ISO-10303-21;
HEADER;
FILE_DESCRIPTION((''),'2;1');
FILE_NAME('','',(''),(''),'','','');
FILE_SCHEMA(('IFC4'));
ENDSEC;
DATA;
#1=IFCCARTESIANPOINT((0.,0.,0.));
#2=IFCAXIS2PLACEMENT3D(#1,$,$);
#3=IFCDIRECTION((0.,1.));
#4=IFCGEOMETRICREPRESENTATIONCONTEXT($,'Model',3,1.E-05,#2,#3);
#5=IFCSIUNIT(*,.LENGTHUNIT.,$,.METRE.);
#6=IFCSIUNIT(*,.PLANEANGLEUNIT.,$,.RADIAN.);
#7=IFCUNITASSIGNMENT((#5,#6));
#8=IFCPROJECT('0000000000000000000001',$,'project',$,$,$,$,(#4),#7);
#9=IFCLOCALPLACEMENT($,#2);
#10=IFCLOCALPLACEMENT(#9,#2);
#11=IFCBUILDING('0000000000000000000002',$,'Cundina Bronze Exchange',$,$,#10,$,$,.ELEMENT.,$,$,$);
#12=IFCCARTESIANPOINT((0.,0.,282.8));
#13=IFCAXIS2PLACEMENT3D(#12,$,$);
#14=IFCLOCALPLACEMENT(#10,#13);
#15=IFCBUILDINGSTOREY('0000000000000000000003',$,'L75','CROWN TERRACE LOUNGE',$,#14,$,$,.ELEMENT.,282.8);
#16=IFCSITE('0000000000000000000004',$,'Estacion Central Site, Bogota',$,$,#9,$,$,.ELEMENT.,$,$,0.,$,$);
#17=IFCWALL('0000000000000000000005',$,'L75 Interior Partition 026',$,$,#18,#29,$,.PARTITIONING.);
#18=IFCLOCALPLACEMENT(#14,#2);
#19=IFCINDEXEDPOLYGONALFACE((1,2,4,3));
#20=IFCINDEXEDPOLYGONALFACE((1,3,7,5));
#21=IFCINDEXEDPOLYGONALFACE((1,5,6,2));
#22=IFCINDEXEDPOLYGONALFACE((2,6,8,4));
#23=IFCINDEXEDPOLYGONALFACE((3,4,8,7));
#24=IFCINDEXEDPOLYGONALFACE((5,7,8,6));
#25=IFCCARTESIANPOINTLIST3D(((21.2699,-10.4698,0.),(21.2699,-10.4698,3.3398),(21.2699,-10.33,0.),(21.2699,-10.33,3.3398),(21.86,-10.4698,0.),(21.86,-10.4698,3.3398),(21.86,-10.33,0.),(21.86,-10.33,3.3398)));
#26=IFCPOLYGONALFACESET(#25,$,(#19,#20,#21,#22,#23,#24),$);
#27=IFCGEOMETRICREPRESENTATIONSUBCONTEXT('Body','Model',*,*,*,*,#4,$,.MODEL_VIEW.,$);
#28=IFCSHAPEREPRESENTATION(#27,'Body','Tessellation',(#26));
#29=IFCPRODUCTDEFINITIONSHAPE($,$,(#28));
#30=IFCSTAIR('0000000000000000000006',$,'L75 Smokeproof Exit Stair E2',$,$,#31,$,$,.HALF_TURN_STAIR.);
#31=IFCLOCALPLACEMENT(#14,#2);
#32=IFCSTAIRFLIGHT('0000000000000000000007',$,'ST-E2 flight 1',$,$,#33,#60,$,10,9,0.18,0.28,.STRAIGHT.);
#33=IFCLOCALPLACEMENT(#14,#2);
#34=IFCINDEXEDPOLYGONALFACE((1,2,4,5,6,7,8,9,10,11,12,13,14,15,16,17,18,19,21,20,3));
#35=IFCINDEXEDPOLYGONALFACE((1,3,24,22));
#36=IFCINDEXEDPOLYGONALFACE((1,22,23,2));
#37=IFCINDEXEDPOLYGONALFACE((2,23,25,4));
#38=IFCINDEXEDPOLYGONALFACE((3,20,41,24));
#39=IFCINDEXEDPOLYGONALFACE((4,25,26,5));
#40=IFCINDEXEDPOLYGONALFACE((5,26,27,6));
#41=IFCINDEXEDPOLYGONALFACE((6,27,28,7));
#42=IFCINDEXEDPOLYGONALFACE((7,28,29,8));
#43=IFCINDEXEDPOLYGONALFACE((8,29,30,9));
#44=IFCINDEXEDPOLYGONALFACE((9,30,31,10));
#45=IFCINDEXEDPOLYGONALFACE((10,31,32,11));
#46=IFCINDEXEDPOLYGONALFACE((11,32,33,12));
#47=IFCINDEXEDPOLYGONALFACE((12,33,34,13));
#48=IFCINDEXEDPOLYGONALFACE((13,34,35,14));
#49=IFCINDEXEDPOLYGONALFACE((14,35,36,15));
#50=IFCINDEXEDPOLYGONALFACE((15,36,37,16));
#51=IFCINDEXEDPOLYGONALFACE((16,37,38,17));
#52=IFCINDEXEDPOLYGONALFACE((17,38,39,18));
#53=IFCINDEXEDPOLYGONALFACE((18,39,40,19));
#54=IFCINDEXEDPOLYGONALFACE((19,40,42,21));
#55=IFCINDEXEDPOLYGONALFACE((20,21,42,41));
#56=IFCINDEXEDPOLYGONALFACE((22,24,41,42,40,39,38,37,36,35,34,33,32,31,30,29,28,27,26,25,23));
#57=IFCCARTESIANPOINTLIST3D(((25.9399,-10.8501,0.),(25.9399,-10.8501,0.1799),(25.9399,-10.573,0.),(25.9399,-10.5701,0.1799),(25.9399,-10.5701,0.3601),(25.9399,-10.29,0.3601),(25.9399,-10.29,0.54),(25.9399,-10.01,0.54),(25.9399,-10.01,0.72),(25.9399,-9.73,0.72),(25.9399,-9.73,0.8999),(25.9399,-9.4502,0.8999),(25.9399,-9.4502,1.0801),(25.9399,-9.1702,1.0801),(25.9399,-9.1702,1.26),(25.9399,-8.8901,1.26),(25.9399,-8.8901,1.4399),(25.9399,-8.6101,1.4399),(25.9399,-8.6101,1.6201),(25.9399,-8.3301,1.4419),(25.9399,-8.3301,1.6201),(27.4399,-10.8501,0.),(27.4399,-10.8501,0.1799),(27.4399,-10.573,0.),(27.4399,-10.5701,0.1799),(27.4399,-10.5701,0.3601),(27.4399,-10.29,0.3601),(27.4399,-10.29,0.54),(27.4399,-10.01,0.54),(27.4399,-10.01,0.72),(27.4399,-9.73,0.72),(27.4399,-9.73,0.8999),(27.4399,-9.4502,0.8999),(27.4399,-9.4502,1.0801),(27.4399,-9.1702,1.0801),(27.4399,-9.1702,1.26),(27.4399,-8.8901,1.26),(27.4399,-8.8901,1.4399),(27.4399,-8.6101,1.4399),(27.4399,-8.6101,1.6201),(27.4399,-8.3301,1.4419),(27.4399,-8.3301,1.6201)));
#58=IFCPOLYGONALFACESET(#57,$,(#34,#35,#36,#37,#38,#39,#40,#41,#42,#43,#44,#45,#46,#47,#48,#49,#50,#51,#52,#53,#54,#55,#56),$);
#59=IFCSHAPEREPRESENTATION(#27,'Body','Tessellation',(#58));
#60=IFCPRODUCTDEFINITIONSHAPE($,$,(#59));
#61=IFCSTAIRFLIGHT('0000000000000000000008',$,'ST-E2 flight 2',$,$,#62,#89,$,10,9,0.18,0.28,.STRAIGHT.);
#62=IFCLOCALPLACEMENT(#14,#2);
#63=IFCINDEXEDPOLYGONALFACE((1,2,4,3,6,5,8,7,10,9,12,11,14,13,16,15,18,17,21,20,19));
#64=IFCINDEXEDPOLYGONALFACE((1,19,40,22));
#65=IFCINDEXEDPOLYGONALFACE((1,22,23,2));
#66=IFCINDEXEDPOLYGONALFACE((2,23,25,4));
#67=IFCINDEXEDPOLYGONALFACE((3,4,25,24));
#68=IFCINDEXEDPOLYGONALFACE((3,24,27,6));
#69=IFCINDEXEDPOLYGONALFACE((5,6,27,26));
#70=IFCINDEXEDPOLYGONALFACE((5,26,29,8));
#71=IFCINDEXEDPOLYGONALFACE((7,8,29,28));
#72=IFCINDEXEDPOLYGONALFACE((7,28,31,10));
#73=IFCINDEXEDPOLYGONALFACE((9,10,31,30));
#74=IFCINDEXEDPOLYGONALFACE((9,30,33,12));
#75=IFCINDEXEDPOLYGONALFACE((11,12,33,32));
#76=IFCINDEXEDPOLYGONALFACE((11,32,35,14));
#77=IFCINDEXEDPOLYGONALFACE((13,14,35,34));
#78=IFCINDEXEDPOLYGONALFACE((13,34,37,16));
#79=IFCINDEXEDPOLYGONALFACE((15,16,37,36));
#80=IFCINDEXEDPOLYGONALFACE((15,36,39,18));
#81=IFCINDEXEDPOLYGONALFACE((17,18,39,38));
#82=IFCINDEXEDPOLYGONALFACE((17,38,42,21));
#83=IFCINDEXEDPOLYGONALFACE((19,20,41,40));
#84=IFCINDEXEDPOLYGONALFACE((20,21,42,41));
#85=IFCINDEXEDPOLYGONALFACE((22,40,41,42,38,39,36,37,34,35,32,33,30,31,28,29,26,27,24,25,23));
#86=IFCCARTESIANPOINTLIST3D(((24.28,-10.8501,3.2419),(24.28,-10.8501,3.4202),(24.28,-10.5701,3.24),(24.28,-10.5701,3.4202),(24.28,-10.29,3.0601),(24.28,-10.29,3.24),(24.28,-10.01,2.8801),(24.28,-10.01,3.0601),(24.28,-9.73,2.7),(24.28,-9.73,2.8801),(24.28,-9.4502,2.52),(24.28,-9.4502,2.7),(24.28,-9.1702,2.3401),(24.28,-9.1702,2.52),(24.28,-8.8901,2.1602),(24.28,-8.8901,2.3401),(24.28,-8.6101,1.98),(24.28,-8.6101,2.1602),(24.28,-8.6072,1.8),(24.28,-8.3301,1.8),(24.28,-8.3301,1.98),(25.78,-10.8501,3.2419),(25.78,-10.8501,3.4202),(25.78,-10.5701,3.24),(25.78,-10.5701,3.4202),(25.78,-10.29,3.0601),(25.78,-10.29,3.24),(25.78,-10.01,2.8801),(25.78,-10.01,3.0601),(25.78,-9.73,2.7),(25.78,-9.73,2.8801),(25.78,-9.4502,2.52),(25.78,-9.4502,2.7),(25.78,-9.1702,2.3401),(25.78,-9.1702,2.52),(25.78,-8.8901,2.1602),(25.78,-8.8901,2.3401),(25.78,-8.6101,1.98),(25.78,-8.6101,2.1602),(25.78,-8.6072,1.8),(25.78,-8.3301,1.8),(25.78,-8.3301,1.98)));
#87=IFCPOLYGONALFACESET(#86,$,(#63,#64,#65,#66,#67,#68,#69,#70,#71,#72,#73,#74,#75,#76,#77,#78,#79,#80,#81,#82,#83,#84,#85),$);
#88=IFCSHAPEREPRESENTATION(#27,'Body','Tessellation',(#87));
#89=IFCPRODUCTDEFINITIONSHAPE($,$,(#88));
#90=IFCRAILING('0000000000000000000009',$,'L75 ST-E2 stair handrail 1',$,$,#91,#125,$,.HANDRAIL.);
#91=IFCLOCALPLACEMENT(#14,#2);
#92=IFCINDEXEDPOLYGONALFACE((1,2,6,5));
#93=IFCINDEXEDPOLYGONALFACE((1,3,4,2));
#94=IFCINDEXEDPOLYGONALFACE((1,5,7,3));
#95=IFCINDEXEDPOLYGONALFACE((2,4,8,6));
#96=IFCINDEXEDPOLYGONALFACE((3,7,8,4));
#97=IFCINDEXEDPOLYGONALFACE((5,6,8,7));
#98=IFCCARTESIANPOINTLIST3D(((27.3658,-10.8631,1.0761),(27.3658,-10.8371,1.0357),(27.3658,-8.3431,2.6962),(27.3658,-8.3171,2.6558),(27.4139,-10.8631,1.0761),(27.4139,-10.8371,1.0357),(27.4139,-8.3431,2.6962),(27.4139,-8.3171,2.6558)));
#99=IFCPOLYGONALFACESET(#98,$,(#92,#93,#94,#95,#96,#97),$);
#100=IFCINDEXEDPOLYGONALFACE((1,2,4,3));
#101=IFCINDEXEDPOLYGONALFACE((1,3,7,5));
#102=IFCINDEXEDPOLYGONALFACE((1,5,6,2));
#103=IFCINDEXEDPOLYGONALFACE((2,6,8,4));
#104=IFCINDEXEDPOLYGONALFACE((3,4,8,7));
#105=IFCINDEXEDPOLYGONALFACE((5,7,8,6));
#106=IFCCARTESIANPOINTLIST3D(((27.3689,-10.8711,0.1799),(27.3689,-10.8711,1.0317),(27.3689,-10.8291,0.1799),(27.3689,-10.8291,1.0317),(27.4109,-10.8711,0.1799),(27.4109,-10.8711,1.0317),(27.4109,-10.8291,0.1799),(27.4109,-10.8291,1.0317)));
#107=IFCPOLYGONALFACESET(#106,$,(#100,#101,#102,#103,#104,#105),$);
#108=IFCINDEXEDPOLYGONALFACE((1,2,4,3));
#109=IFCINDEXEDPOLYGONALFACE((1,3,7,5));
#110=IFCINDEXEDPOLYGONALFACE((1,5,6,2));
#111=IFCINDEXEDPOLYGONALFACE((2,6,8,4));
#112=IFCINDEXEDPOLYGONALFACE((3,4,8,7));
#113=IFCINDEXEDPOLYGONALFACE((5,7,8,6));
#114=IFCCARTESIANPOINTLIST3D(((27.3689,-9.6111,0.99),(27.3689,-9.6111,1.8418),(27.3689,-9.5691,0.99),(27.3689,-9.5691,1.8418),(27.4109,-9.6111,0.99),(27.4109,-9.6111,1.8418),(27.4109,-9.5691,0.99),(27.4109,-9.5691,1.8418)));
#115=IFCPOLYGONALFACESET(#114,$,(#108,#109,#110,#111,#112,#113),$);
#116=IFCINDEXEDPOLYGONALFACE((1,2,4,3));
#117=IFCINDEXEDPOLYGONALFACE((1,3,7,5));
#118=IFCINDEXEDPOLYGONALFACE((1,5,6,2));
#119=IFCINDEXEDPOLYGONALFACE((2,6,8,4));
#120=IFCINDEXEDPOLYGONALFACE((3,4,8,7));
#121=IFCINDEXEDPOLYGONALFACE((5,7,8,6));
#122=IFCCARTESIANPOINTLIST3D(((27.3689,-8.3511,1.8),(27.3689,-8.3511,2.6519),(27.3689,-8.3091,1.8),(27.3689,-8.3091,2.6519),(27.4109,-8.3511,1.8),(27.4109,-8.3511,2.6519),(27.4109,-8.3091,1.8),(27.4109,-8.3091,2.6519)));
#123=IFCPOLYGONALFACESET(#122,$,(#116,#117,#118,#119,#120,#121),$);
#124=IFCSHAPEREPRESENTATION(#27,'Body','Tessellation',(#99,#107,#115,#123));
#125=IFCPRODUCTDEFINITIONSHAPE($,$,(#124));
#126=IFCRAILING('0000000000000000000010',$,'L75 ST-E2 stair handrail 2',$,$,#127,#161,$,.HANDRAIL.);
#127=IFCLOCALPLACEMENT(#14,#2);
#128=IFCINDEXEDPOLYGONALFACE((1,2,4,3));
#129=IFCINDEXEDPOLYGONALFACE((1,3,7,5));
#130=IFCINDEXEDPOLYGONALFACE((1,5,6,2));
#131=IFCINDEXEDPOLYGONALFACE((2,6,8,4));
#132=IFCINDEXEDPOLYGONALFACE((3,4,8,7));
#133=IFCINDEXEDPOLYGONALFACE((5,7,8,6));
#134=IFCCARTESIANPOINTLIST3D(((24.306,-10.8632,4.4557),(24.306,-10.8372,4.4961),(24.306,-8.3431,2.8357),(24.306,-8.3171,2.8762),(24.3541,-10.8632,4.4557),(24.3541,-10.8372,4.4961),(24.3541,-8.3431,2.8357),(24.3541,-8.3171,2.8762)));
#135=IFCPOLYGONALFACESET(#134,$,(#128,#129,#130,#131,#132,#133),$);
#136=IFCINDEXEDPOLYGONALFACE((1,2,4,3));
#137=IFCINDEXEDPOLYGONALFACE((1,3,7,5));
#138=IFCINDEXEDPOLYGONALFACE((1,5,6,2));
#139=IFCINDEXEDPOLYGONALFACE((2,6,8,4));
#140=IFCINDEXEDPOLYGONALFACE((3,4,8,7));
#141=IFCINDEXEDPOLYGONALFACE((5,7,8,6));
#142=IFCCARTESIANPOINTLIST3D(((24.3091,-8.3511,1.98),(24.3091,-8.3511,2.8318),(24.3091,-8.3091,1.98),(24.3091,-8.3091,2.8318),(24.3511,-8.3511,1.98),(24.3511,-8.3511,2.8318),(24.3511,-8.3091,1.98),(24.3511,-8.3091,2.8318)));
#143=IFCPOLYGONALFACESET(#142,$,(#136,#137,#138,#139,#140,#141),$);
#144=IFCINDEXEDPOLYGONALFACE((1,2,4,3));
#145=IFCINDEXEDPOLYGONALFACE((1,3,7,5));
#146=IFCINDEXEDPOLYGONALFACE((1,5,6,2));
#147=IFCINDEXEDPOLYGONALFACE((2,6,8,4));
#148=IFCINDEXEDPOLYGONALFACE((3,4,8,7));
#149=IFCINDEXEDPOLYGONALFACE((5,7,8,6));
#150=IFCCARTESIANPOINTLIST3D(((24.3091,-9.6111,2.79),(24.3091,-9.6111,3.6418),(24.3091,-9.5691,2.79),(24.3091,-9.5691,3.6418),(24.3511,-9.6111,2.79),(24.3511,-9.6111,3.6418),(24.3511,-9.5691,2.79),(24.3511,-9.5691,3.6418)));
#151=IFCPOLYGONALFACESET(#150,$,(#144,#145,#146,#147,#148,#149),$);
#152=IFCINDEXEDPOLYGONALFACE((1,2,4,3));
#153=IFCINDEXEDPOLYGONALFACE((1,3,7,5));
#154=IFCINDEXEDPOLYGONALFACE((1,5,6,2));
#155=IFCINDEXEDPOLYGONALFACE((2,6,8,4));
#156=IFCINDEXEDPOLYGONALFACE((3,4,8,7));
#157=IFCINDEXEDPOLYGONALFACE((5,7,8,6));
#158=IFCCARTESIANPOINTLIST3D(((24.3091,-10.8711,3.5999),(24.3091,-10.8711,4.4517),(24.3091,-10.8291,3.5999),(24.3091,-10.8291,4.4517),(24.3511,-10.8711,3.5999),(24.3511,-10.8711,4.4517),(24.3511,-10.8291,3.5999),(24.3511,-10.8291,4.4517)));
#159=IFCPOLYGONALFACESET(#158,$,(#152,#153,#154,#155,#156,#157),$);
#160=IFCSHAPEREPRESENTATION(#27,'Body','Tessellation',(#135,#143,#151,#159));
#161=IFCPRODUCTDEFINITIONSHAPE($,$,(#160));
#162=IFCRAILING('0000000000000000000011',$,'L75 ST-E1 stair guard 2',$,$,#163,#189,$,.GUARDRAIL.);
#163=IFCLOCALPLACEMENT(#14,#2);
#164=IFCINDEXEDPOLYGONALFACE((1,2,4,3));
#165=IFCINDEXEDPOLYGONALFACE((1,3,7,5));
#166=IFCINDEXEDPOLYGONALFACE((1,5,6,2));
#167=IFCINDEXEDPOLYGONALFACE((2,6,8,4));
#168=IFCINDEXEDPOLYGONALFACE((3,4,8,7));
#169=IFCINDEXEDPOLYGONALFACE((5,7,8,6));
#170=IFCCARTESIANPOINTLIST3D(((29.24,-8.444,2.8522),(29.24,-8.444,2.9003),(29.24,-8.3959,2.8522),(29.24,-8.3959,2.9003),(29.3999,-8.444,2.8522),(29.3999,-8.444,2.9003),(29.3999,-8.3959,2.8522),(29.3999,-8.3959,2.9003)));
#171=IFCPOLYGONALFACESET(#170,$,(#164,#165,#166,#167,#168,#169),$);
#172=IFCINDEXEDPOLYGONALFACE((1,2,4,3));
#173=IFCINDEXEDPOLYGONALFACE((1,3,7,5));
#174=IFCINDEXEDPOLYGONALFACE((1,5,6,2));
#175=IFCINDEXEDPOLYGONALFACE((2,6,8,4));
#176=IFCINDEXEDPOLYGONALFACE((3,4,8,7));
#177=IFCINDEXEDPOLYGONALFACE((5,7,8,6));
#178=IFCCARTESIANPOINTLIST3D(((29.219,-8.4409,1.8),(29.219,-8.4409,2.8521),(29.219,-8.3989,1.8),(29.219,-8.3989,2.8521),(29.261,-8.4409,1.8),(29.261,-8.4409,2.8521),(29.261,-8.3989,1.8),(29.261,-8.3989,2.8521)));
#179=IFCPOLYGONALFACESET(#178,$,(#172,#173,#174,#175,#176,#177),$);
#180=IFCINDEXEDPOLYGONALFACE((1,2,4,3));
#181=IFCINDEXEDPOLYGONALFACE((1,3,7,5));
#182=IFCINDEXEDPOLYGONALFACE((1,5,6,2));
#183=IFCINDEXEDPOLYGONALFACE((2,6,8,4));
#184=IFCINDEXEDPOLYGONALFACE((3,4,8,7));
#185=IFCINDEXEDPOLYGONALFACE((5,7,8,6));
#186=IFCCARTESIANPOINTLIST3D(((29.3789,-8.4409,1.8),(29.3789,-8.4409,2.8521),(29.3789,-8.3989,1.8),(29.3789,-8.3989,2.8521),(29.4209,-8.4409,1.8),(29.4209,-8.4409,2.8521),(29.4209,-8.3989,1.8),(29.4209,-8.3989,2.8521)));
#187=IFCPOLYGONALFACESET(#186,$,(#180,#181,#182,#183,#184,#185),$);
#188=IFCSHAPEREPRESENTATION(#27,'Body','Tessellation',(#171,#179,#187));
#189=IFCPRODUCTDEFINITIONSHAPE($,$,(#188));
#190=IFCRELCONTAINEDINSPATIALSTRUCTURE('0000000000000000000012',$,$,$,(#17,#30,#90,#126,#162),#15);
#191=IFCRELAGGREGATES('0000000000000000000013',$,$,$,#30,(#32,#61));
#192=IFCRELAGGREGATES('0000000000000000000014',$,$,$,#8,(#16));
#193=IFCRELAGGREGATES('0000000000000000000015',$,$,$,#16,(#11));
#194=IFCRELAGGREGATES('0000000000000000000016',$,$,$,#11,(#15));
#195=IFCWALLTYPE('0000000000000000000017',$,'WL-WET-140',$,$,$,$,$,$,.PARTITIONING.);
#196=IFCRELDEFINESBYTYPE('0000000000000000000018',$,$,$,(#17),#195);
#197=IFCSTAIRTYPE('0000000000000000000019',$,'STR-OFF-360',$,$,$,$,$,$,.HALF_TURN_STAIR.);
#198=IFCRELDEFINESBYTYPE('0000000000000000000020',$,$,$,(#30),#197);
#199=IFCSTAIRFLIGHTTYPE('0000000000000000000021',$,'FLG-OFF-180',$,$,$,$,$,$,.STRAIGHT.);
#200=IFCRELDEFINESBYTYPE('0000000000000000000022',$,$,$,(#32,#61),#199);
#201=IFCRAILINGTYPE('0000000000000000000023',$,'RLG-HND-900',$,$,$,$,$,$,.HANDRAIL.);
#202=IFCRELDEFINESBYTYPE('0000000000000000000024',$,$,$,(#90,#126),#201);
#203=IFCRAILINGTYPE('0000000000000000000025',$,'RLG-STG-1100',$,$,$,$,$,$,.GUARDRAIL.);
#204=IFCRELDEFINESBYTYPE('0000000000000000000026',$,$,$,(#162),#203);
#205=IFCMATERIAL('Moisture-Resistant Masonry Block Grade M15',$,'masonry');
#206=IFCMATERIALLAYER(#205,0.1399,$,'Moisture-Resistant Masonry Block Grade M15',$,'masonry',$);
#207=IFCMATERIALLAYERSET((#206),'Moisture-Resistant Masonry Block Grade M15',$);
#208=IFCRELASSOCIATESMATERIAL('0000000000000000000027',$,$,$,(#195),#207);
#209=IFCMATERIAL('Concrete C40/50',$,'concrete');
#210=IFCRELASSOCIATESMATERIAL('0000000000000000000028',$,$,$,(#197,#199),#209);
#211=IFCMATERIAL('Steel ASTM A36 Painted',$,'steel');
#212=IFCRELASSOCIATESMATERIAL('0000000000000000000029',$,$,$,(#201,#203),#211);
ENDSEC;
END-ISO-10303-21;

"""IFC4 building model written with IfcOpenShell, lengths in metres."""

from ifc_helpers import new_model, si_unit, direction, frame, frame_2d, origin, origin_2d, place, context, subcontext, project, spatial, polyline, rectangle, outline, extrude, material, layer, layer_set, type_object, element, aggregate, save


model = new_model("IFC4")

# Units and contexts
model_context = context("Model", 3, precision=1e-05, world=origin(), true_north=direction((0.0, 1.0)))
body_context = subcontext(model_context, "Body", "Model", "MODEL_VIEW")
ifc_project = project(units=[si_unit("LENGTHUNIT", "METRE"), si_unit("PLANEANGLEUNIT", "RADIAN")], contexts=[model_context])

# Site, building, storey
site_placement = place(None, origin())
site = spatial("IfcSite", under=ifc_project, at=site_placement, Name="Estacion Central Site, Bogota", CompositionType="ELEMENT", RefElevation=0.0)
building_placement = place(site_placement, origin())
building = spatial("IfcBuilding", under=site, at=building_placement, Name="Cundina Bronze Exchange", CompositionType="ELEMENT")
storey_placement = place(building_placement, frame((0.0, 0.0, 282.8)))
storey = spatial("IfcBuildingStorey", under=building, at=storey_placement, Name="L75", Description="CROWN TERRACE LOUNGE", CompositionType="ELEMENT", Elevation=282.8)

# Shared definitions
ifc_material_1 = material(Name="Steel ASTM A36 Painted", Category="steel")

# Wall
ifc_material_2 = material(Name="Moisture-Resistant Masonry Block Grade M15", Category="masonry")
ifc_layer_1 = layer(ifc_material_2, 0.1399, Name="Moisture-Resistant Masonry Block Grade M15", Category="masonry")
ifc_layer_set_1 = layer_set([ifc_layer_1], Name="Moisture-Resistant Masonry Block Grade M15")
wall_type_1 = type_object("IfcWallType", Name="WL-WET-140", PredefinedType="PARTITIONING", material=ifc_layer_set_1)
wall_1_placement = place(storey_placement, frame((21.27, -10.3999, 0.0), z_axis=(0.0, 0.0, 1.0), x_axis=(1.0, 0.0, 0.0)))
element("IfcWall", 1, at=wall_1_placement, inside=storey, type_object=wall_type_1, Name="L75 Interior Partition 026", PredefinedType="PARTITIONING", context=body_context, shape_type="SweptSolid", body=[
    extrude(rectangle(XDim=0.5901, YDim=0.1399, at=frame_2d((0.2949, 0.0))), origin(), (0.0, 0.0, 1.0), 3.3398),
])

# Stair, stair flights
ifc_material_3 = material(Name="Concrete C40/50", Category="concrete")
stair_type = type_object("IfcStairType", Name="STR-OFF-360", PredefinedType="HALF_TURN_STAIR", material=ifc_material_3)
stair_placement = place(storey_placement, origin())
stair = element("IfcStair", 2, at=stair_placement, inside=storey, type_object=stair_type, Name="L75 Smokeproof Exit Stair E2", PredefinedType="HALF_TURN_STAIR")
stair_flight_type = type_object("IfcStairFlightType", Name="FLG-OFF-180", PredefinedType="STRAIGHT", material=ifc_material_3)
stair_flight_1_placement = place(storey_placement, frame((26.6899, -10.8501, 0.0), z_axis=(0.0, 0.0, 1.0), x_axis=(0.0, 1.0, 0.0)))
stair_flight_1 = element("IfcStairFlight", 3, at=stair_flight_1_placement, type_object=stair_flight_type, Name="ST-E2 flight 1", NumberOfRisers=10, NumberOfTreads=9, PredefinedType="STRAIGHT", RiserHeight=0.18, TreadLength=0.28, context=body_context, shape_type="SweptSolid", body=[
    extrude(outline(polyline([(0.0, 0.0), (0.0, 0.1799), (0.28, 0.1799), (0.28, 0.3601), (0.5601, 0.3601), (0.5601, 0.54), (0.8401, 0.54), (0.8401, 0.72), (1.1201, 0.72), (1.1201, 0.8999), (1.3999, 0.8999), (1.3999, 1.0801), (1.6799, 1.0801), (1.6799, 1.26), (1.96, 1.26), (1.96, 1.4399), (2.24, 1.4399), (2.24, 1.6201), (2.52, 1.6201), (2.52, 1.8), (2.52, 1.4419), (0.2771, 0.0), (0.0, 0.0)])), frame((0.0, 0.75, 0.0), z_axis=(0.0, -1.0, 0.0), x_axis=(1.0, 0.0, 0.0)), (0.0, 0.0, 1.0), 1.5),
])
stair_flight_2_placement = place(storey_placement, frame((25.03, -8.3301, 1.8), z_axis=(0.0, 0.0, 1.0), x_axis=(0.0, -1.0, 0.0)))
stair_flight_2 = element("IfcStairFlight", 4, at=stair_flight_2_placement, type_object=stair_flight_type, Name="ST-E2 flight 2", NumberOfRisers=10, NumberOfTreads=9, PredefinedType="STRAIGHT", RiserHeight=0.18, TreadLength=0.28, context=body_context, shape_type="SweptSolid", body=[
    extrude(outline(polyline([(0.0, 0.0), (0.0, 0.1799), (0.28, 0.1799), (0.28, 0.3601), (0.5601, 0.3601), (0.5601, 0.54), (0.8401, 0.54), (0.8401, 0.72), (1.1201, 0.72), (1.1201, 0.8999), (1.3999, 0.8999), (1.3999, 1.0801), (1.6799, 1.0801), (1.6799, 1.26), (1.96, 1.26), (1.96, 1.4399), (2.24, 1.4399), (2.24, 1.6201), (2.52, 1.6201), (2.52, 1.8), (2.52, 1.4419), (0.2771, 0.0), (0.0, 0.0)])), frame((0.0, 0.75, 0.0), z_axis=(0.0, -1.0, 0.0), x_axis=(1.0, 0.0, 0.0)), (0.0, 0.0, 1.0), 1.5),
])
aggregate(stair, [stair_flight_1, stair_flight_2])

# Railings
railing_type_1 = type_object("IfcRailingType", Name="RLG-HND-900", PredefinedType="HANDRAIL", material=ifc_material_1)
railing_1_placement = place(storey_placement, frame((27.3899, -10.8501, 0.1799)))
element("IfcRailing", 5, at=railing_1_placement, inside=storey, type_object=railing_type_1, Name="L75 ST-E2 stair handrail 1", PredefinedType="HANDRAIL", context=body_context, shape_type="SweptSolid", body=[
    extrude(rectangle(XDim=0.0481, YDim=0.0481, at=origin_2d()), frame((0.0, 0.0, 0.876), z_axis=(0.0, 0.841163, 0.540782), x_axis=(-1.0, 0.0, 0.0)), (0.0, 0.0, 1.0), 2.9958),
    extrude(rectangle(XDim=0.042, YDim=0.042, at=origin_2d()), origin(), (0.0, 0.0, 1.0), 0.8518),
    extrude(rectangle(XDim=0.042, YDim=0.042, at=origin_2d()), frame((0.0, 1.26, 0.8101)), (0.0, 0.0, 1.0), 0.8518),
    extrude(rectangle(XDim=0.042, YDim=0.042, at=origin_2d()), frame((0.0, 2.52, 1.6201)), (0.0, 0.0, 1.0), 0.8518),
])
railing_2_placement = place(storey_placement, frame((24.3301, -8.3301, 1.98)))
element("IfcRailing", 6, at=railing_2_placement, inside=storey, type_object=railing_type_1, Name="L75 ST-E2 stair handrail 2", PredefinedType="HANDRAIL", context=body_context, shape_type="SweptSolid", body=[
    extrude(rectangle(XDim=0.0481, YDim=0.0481, at=origin_2d()), frame((0.0, 0.0, 0.876), z_axis=(0.0, -0.8412, 0.540725), x_axis=(1.0, 0.0, 0.0)), (0.0, 0.0, 1.0), 2.9958),
    extrude(rectangle(XDim=0.042, YDim=0.042, at=origin_2d()), origin(), (0.0, 0.0, 1.0), 0.8518),
    extrude(rectangle(XDim=0.042, YDim=0.042, at=origin_2d()), frame((0.0, -1.26, 0.8101)), (0.0, 0.0, 1.0), 0.8518),
    extrude(rectangle(XDim=0.042, YDim=0.042, at=origin_2d()), frame((0.0, -2.52, 1.6199)), (0.0, 0.0, 1.0), 0.8518),
])
railing_type_2 = type_object("IfcRailingType", Name="RLG-STG-1100", PredefinedType="GUARDRAIL", material=ifc_material_1)
railing_3_placement = place(storey_placement, frame((29.24, -8.4199, 1.8)))
element("IfcRailing", 7, at=railing_3_placement, inside=storey, type_object=railing_type_2, Name="L75 ST-E1 stair guard 2", PredefinedType="GUARDRAIL", context=body_context, shape_type="SweptSolid", body=[
    extrude(rectangle(XDim=0.0481, YDim=0.0481, at=origin_2d()), frame((0.0, 0.0, 1.0762), z_axis=(1.0, 0.0, 0.0), x_axis=(0.0, 1.0, 0.0)), (0.0, 0.0, 1.0), 0.1599),
    extrude(rectangle(XDim=0.042, YDim=0.042, at=origin_2d()), origin(), (0.0, 0.0, 1.0), 1.052),
    extrude(rectangle(XDim=0.042, YDim=0.042, at=origin_2d()), frame((0.1599, 0.0, 0.0)), (0.0, 0.0, 1.0), 1.052),
])

save(model, "model.ifc")
